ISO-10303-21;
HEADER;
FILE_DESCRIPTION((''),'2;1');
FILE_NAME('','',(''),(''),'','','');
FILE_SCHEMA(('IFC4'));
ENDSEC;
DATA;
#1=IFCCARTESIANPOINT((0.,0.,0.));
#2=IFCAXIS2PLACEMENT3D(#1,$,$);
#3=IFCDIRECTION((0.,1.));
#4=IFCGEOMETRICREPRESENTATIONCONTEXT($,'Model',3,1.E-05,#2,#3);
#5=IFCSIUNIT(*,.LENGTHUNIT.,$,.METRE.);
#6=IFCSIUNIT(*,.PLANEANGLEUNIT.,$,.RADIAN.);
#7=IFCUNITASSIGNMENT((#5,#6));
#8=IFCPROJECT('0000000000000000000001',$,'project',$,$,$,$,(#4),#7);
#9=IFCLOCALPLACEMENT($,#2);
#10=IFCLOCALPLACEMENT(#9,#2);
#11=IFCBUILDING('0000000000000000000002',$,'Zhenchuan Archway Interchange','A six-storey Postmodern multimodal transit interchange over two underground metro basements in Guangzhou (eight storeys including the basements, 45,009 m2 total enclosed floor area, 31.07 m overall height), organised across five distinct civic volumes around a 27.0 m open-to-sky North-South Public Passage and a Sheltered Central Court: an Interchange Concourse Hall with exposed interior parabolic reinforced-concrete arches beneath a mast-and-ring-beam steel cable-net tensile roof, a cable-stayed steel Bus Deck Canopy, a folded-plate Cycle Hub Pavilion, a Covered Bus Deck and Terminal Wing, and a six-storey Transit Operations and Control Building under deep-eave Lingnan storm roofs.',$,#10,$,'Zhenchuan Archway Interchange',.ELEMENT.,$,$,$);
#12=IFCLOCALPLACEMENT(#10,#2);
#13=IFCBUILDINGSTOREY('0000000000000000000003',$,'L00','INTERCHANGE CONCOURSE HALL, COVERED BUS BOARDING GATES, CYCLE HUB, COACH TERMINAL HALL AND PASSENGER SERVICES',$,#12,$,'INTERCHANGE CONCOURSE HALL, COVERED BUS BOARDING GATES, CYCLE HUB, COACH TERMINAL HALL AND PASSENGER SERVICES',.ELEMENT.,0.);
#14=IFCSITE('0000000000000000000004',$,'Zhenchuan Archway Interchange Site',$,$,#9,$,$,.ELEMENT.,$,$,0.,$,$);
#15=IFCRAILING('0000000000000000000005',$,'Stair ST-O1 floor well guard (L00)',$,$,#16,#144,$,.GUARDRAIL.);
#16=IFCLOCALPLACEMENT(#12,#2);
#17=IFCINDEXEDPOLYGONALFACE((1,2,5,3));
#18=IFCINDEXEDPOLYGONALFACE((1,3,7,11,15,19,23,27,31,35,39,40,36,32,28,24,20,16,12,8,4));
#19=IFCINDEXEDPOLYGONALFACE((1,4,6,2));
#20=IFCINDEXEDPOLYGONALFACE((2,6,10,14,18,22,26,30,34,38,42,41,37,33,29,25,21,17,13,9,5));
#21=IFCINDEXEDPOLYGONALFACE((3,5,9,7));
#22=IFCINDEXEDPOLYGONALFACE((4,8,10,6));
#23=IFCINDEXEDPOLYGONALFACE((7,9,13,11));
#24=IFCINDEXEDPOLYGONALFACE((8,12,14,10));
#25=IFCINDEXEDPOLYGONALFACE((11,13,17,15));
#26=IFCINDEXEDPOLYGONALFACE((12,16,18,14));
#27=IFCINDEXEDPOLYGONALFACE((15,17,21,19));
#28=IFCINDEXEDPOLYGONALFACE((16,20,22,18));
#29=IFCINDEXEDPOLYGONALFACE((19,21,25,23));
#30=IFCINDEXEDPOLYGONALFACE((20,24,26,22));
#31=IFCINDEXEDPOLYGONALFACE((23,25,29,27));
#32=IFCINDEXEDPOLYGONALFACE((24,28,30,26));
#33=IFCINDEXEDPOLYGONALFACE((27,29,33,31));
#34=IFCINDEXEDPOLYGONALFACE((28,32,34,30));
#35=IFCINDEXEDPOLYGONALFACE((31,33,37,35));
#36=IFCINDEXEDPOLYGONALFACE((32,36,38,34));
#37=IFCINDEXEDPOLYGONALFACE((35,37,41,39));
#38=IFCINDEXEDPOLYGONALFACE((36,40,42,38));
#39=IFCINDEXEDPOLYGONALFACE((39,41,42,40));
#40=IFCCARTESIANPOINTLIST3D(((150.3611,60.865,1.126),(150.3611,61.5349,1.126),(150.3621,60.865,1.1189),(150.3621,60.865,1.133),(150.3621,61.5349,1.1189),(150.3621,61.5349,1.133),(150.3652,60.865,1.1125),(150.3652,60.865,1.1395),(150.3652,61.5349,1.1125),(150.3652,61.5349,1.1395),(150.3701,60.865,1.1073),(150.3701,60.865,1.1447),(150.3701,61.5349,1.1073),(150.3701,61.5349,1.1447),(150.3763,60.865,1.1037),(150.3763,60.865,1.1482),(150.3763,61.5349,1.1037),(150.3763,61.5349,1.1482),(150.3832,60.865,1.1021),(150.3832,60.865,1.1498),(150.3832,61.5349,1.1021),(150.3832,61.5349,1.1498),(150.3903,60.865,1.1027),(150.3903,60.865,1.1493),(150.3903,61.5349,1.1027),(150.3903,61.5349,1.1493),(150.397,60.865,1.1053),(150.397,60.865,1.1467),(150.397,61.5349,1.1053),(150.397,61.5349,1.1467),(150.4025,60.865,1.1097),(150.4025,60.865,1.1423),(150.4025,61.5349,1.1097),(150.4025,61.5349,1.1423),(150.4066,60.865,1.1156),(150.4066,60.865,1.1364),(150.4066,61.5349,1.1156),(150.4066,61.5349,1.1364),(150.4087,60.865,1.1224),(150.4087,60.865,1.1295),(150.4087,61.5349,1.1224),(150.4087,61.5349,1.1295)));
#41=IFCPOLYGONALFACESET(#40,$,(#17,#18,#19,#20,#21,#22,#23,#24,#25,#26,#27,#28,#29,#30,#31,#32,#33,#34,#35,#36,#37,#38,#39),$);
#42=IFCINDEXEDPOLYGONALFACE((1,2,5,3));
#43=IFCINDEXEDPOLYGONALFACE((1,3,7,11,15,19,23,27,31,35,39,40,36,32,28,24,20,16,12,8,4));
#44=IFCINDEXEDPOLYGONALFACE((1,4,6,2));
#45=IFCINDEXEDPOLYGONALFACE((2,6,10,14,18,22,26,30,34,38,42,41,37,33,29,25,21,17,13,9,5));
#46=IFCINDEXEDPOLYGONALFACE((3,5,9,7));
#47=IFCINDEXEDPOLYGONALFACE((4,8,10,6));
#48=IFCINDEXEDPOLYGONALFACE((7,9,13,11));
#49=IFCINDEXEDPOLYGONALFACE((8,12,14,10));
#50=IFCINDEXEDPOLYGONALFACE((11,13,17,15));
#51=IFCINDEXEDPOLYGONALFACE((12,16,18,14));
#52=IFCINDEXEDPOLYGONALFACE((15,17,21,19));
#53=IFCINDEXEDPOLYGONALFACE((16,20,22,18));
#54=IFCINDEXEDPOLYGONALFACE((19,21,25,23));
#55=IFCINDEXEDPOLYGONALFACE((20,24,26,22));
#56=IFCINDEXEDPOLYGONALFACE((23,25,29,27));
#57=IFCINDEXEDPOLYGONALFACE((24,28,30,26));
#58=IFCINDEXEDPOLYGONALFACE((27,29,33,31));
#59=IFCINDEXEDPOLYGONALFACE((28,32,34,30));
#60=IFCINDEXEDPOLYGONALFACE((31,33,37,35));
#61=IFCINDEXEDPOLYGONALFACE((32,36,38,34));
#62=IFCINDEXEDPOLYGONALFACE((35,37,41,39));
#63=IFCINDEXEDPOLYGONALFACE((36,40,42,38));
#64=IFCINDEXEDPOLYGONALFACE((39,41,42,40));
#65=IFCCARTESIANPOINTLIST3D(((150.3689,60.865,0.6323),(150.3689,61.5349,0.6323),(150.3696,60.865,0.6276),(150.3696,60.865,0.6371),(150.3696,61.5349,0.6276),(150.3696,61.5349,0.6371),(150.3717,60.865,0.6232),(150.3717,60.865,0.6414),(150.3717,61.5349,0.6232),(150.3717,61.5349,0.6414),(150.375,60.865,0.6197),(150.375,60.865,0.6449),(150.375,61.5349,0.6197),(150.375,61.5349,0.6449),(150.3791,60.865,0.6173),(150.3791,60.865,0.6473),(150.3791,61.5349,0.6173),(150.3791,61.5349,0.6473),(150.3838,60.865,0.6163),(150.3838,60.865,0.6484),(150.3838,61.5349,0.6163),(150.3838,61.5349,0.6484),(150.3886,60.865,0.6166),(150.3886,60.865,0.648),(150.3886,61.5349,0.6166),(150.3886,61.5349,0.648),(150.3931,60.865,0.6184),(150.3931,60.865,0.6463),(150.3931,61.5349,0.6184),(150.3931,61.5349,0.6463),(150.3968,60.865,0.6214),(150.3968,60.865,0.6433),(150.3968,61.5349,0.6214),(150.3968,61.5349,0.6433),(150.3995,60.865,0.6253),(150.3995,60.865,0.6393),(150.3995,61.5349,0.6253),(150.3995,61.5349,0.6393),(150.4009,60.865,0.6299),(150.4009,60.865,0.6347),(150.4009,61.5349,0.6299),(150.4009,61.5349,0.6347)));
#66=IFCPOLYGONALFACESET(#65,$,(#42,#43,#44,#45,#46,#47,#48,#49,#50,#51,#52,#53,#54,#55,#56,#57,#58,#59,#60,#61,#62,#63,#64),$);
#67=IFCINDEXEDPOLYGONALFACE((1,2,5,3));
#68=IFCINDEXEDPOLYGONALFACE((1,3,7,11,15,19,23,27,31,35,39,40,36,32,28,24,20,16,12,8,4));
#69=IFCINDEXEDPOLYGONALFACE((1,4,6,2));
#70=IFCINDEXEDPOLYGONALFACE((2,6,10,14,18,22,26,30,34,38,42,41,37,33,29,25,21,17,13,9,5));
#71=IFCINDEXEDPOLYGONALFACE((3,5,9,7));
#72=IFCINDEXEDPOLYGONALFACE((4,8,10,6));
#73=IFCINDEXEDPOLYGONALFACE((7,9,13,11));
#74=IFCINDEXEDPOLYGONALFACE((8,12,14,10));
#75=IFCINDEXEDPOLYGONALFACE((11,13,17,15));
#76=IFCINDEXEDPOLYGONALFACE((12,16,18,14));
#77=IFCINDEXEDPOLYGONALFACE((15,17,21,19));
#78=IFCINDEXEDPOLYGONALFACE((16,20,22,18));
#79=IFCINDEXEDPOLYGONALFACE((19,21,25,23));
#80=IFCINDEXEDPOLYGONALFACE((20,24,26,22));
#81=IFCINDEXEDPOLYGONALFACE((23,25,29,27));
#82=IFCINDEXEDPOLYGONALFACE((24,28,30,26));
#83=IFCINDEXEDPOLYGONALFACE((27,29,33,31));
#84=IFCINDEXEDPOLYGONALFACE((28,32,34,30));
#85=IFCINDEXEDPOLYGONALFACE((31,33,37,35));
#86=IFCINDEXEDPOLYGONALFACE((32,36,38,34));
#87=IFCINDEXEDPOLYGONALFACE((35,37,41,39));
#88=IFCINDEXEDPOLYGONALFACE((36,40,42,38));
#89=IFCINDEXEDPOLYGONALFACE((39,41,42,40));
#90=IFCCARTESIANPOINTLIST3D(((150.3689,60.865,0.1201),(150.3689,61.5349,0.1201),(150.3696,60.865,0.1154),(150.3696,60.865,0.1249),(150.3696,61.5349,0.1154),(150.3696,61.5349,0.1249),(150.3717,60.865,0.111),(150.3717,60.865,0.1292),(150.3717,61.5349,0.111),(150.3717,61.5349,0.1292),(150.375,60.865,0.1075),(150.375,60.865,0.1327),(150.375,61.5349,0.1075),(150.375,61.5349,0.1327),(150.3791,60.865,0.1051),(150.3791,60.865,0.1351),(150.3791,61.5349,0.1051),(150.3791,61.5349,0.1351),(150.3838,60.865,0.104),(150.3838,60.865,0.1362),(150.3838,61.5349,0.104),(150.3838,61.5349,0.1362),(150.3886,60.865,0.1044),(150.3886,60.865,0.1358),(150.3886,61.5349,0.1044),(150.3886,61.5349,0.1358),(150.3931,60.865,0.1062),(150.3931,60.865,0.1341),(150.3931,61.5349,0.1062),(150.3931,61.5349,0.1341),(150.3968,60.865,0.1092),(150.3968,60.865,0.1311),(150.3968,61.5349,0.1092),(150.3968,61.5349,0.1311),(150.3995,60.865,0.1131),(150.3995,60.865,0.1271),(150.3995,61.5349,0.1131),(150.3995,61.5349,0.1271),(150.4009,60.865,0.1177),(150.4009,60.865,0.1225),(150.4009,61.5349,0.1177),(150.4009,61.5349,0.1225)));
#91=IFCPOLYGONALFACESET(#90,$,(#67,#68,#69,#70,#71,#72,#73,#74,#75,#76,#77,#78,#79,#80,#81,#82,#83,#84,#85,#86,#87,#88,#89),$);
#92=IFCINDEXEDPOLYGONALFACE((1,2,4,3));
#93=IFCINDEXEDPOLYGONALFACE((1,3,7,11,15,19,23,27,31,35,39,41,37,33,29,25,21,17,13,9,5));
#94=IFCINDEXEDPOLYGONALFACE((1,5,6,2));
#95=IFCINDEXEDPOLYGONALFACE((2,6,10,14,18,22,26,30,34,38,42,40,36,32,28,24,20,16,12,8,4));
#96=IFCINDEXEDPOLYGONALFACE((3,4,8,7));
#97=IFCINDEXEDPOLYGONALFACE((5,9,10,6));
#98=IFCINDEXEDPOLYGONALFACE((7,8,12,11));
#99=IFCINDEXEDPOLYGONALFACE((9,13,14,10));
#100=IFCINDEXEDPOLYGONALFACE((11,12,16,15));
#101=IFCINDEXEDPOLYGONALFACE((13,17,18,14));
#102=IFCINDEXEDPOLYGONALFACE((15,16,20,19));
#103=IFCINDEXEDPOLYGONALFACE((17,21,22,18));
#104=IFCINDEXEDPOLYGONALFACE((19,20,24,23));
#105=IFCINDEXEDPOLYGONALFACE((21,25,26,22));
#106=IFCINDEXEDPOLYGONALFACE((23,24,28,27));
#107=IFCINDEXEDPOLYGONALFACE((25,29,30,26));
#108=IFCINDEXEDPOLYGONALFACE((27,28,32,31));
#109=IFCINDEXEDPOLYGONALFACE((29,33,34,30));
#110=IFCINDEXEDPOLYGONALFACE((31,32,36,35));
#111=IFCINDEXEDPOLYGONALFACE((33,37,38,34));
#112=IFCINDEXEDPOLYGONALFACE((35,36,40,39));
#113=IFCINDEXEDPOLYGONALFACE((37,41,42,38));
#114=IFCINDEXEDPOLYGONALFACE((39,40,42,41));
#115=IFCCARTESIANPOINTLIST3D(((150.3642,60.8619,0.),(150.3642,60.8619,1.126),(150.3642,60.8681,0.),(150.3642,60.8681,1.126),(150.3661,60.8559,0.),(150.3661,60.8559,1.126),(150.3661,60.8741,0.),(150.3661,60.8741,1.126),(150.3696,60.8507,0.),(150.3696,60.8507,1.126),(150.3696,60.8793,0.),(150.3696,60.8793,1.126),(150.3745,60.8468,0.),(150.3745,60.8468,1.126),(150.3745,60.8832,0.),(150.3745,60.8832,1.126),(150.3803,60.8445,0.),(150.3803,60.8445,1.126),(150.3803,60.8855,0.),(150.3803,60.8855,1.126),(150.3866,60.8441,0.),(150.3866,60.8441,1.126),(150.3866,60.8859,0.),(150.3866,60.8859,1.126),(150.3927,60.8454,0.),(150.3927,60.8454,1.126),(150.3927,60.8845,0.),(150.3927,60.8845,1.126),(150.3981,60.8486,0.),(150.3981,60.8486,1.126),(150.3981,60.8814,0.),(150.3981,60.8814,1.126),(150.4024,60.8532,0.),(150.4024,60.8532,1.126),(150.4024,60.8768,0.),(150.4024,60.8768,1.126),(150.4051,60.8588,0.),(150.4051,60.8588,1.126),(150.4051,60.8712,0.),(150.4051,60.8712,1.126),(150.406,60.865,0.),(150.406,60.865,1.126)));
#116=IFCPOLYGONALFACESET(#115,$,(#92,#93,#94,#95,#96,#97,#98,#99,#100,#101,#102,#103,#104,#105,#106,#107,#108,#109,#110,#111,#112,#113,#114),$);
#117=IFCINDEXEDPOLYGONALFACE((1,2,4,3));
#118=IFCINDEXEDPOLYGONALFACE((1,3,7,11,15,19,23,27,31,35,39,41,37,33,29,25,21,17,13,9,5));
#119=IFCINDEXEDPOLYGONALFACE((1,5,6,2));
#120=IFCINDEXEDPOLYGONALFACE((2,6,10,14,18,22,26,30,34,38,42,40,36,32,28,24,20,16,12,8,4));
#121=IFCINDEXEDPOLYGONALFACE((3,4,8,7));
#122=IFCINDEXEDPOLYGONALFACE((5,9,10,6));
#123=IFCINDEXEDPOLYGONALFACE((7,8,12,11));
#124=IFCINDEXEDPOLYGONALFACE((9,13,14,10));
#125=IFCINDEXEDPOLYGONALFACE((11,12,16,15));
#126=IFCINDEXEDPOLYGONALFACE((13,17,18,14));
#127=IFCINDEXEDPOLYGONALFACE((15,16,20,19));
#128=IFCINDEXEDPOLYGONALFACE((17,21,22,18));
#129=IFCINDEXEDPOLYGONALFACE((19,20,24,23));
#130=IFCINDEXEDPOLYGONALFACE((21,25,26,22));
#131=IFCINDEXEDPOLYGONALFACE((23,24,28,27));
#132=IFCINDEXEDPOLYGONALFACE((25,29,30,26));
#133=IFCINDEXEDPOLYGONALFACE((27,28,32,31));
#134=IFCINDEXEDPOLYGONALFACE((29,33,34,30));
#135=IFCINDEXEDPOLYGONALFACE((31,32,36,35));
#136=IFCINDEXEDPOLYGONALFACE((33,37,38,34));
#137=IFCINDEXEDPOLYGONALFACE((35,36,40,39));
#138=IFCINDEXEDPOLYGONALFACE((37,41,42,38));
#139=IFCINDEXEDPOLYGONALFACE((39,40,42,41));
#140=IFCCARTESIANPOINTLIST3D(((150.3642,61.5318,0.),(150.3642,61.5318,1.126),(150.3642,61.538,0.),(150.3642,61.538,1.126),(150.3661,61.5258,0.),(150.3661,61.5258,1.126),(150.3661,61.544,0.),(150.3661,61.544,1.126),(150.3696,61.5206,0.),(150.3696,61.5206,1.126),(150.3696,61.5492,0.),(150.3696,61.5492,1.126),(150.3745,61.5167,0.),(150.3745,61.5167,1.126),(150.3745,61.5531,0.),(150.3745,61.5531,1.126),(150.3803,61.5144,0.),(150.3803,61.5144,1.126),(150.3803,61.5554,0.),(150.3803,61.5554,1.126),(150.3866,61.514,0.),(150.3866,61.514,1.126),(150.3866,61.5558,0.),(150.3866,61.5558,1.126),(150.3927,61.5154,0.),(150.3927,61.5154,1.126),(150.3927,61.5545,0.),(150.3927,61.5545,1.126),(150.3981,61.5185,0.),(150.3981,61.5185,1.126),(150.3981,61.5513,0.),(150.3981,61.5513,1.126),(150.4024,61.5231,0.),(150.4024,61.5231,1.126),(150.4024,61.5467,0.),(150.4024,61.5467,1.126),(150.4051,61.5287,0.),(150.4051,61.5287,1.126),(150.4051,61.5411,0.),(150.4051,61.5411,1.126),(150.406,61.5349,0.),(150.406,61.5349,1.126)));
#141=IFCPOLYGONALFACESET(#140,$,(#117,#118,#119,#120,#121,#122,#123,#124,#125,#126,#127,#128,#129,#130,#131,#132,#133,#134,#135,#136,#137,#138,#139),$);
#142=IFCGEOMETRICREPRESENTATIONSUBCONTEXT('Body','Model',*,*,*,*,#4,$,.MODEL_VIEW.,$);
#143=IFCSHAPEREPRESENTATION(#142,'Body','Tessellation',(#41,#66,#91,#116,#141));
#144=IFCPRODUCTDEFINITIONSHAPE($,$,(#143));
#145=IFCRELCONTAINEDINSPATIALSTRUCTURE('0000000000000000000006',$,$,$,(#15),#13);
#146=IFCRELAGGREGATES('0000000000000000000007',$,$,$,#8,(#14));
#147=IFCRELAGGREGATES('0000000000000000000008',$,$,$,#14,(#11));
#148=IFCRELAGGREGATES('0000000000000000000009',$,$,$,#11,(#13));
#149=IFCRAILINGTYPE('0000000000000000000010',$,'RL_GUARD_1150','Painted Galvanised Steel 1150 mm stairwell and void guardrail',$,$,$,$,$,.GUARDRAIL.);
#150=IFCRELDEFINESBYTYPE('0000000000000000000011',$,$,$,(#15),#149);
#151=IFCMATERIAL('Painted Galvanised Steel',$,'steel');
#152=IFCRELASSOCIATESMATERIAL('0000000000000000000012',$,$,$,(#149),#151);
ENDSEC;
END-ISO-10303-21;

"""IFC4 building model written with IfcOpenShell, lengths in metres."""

from ifc_helpers import new_model, si_unit, direction, frame, origin, origin_2d, place, context, subcontext, project, spatial, circle, extrude, material, type_object, element, save


model = new_model("IFC4")

# Units and contexts
model_context = context("Model", 3, precision=1e-05, world=origin(), true_north=direction((0.0, 1.0)))
body_context = subcontext(model_context, "Body", "Model", "MODEL_VIEW")
ifc_project = project(units=[si_unit("LENGTHUNIT", "METRE"), si_unit("PLANEANGLEUNIT", "RADIAN")], contexts=[model_context])

# Site, building, storey
site_placement = place(None, origin())
site = spatial("IfcSite", under=ifc_project, at=site_placement, Name="Zhenchuan Archway Interchange Site", CompositionType="ELEMENT", RefElevation=0.0)
building_placement = place(site_placement, origin())
building = spatial("IfcBuilding", under=site, at=building_placement, Name="Zhenchuan Archway Interchange", Description="A six-storey Postmodern multimodal transit interchange over two underground metro basements in Guangzhou (eight storeys including the basements, 45,009 m2 total enclosed floor area, 31.07 m overall height), organised across five distinct civic volumes around a 27.0 m open-to-sky North-South Public Passage and a Sheltered Central Court: an Interchange Concourse Hall with exposed interior parabolic reinforced-concrete arches beneath a mast-and-ring-beam steel cable-net tensile roof, a cable-stayed steel Bus Deck Canopy, a folded-plate Cycle Hub Pavilion, a Covered Bus Deck and Terminal Wing, and a six-storey Transit Operations and Control Building under deep-eave Lingnan storm roofs.", LongName="Zhenchuan Archway Interchange", CompositionType="ELEMENT")
storey_placement = place(building_placement, origin())
storey = spatial("IfcBuildingStorey", under=building, at=storey_placement, Name="L00", Description="INTERCHANGE CONCOURSE HALL, COVERED BUS BOARDING GATES, CYCLE HUB, COACH TERMINAL HALL AND PASSENGER SERVICES", LongName="INTERCHANGE CONCOURSE HALL, COVERED BUS BOARDING GATES, CYCLE HUB, COACH TERMINAL HALL AND PASSENGER SERVICES", CompositionType="ELEMENT", Elevation=0.0)

# Shared definitions
ifc_material_1 = material(Name="Painted Galvanised Steel", Category="steel")

# Railing
railing_type_1 = type_object("IfcRailingType", Name="RL_GUARD_1150", Description="Painted Galvanised Steel 1150 mm stairwell and void guardrail", PredefinedType="GUARDRAIL", material=ifc_material_1)
for number, where, name in (
    (1, (150.385, 60.865, 0.0), "Stair ST-O1 floor well guard (L00)"),
):
    element("IfcRailing", number, at=place(storey_placement, frame(where)), inside=storey, type_object=railing_type_1, Name=name, PredefinedType="GUARDRAIL", context=body_context, shape_type="SweptSolid", body=[
        extrude(circle(Radius=0.0239, at=origin_2d()), frame((0.0, 0.0, 1.126), z_axis=(0.0, 1.0, 0.0), x_axis=(-1.0, 0.0, 0.0)), (0.0, 0.0, 1.0), 0.6699),
        extrude(circle(Radius=0.0161, at=origin_2d()), frame((0.0, 0.0, 0.6323), z_axis=(0.0, 1.0, 0.0), x_axis=(-1.0, 0.0, 0.0)), (0.0, 0.0, 1.0), 0.6699),
        extrude(circle(Radius=0.0161, at=origin_2d()), frame((0.0, 0.0, 0.1201), z_axis=(0.0, 1.0, 0.0), x_axis=(-1.0, 0.0, 0.0)), (0.0, 0.0, 1.0), 0.6699),
        extrude(circle(Radius=0.021, at=origin_2d()), origin(), (0.0, 0.0, 1.0), 1.126),
        extrude(circle(Radius=0.021, at=origin_2d()), frame((0.0, 0.6699, 0.0)), (0.0, 0.0, 1.0), 1.126),
    ])

save(model, "model.ifc")
